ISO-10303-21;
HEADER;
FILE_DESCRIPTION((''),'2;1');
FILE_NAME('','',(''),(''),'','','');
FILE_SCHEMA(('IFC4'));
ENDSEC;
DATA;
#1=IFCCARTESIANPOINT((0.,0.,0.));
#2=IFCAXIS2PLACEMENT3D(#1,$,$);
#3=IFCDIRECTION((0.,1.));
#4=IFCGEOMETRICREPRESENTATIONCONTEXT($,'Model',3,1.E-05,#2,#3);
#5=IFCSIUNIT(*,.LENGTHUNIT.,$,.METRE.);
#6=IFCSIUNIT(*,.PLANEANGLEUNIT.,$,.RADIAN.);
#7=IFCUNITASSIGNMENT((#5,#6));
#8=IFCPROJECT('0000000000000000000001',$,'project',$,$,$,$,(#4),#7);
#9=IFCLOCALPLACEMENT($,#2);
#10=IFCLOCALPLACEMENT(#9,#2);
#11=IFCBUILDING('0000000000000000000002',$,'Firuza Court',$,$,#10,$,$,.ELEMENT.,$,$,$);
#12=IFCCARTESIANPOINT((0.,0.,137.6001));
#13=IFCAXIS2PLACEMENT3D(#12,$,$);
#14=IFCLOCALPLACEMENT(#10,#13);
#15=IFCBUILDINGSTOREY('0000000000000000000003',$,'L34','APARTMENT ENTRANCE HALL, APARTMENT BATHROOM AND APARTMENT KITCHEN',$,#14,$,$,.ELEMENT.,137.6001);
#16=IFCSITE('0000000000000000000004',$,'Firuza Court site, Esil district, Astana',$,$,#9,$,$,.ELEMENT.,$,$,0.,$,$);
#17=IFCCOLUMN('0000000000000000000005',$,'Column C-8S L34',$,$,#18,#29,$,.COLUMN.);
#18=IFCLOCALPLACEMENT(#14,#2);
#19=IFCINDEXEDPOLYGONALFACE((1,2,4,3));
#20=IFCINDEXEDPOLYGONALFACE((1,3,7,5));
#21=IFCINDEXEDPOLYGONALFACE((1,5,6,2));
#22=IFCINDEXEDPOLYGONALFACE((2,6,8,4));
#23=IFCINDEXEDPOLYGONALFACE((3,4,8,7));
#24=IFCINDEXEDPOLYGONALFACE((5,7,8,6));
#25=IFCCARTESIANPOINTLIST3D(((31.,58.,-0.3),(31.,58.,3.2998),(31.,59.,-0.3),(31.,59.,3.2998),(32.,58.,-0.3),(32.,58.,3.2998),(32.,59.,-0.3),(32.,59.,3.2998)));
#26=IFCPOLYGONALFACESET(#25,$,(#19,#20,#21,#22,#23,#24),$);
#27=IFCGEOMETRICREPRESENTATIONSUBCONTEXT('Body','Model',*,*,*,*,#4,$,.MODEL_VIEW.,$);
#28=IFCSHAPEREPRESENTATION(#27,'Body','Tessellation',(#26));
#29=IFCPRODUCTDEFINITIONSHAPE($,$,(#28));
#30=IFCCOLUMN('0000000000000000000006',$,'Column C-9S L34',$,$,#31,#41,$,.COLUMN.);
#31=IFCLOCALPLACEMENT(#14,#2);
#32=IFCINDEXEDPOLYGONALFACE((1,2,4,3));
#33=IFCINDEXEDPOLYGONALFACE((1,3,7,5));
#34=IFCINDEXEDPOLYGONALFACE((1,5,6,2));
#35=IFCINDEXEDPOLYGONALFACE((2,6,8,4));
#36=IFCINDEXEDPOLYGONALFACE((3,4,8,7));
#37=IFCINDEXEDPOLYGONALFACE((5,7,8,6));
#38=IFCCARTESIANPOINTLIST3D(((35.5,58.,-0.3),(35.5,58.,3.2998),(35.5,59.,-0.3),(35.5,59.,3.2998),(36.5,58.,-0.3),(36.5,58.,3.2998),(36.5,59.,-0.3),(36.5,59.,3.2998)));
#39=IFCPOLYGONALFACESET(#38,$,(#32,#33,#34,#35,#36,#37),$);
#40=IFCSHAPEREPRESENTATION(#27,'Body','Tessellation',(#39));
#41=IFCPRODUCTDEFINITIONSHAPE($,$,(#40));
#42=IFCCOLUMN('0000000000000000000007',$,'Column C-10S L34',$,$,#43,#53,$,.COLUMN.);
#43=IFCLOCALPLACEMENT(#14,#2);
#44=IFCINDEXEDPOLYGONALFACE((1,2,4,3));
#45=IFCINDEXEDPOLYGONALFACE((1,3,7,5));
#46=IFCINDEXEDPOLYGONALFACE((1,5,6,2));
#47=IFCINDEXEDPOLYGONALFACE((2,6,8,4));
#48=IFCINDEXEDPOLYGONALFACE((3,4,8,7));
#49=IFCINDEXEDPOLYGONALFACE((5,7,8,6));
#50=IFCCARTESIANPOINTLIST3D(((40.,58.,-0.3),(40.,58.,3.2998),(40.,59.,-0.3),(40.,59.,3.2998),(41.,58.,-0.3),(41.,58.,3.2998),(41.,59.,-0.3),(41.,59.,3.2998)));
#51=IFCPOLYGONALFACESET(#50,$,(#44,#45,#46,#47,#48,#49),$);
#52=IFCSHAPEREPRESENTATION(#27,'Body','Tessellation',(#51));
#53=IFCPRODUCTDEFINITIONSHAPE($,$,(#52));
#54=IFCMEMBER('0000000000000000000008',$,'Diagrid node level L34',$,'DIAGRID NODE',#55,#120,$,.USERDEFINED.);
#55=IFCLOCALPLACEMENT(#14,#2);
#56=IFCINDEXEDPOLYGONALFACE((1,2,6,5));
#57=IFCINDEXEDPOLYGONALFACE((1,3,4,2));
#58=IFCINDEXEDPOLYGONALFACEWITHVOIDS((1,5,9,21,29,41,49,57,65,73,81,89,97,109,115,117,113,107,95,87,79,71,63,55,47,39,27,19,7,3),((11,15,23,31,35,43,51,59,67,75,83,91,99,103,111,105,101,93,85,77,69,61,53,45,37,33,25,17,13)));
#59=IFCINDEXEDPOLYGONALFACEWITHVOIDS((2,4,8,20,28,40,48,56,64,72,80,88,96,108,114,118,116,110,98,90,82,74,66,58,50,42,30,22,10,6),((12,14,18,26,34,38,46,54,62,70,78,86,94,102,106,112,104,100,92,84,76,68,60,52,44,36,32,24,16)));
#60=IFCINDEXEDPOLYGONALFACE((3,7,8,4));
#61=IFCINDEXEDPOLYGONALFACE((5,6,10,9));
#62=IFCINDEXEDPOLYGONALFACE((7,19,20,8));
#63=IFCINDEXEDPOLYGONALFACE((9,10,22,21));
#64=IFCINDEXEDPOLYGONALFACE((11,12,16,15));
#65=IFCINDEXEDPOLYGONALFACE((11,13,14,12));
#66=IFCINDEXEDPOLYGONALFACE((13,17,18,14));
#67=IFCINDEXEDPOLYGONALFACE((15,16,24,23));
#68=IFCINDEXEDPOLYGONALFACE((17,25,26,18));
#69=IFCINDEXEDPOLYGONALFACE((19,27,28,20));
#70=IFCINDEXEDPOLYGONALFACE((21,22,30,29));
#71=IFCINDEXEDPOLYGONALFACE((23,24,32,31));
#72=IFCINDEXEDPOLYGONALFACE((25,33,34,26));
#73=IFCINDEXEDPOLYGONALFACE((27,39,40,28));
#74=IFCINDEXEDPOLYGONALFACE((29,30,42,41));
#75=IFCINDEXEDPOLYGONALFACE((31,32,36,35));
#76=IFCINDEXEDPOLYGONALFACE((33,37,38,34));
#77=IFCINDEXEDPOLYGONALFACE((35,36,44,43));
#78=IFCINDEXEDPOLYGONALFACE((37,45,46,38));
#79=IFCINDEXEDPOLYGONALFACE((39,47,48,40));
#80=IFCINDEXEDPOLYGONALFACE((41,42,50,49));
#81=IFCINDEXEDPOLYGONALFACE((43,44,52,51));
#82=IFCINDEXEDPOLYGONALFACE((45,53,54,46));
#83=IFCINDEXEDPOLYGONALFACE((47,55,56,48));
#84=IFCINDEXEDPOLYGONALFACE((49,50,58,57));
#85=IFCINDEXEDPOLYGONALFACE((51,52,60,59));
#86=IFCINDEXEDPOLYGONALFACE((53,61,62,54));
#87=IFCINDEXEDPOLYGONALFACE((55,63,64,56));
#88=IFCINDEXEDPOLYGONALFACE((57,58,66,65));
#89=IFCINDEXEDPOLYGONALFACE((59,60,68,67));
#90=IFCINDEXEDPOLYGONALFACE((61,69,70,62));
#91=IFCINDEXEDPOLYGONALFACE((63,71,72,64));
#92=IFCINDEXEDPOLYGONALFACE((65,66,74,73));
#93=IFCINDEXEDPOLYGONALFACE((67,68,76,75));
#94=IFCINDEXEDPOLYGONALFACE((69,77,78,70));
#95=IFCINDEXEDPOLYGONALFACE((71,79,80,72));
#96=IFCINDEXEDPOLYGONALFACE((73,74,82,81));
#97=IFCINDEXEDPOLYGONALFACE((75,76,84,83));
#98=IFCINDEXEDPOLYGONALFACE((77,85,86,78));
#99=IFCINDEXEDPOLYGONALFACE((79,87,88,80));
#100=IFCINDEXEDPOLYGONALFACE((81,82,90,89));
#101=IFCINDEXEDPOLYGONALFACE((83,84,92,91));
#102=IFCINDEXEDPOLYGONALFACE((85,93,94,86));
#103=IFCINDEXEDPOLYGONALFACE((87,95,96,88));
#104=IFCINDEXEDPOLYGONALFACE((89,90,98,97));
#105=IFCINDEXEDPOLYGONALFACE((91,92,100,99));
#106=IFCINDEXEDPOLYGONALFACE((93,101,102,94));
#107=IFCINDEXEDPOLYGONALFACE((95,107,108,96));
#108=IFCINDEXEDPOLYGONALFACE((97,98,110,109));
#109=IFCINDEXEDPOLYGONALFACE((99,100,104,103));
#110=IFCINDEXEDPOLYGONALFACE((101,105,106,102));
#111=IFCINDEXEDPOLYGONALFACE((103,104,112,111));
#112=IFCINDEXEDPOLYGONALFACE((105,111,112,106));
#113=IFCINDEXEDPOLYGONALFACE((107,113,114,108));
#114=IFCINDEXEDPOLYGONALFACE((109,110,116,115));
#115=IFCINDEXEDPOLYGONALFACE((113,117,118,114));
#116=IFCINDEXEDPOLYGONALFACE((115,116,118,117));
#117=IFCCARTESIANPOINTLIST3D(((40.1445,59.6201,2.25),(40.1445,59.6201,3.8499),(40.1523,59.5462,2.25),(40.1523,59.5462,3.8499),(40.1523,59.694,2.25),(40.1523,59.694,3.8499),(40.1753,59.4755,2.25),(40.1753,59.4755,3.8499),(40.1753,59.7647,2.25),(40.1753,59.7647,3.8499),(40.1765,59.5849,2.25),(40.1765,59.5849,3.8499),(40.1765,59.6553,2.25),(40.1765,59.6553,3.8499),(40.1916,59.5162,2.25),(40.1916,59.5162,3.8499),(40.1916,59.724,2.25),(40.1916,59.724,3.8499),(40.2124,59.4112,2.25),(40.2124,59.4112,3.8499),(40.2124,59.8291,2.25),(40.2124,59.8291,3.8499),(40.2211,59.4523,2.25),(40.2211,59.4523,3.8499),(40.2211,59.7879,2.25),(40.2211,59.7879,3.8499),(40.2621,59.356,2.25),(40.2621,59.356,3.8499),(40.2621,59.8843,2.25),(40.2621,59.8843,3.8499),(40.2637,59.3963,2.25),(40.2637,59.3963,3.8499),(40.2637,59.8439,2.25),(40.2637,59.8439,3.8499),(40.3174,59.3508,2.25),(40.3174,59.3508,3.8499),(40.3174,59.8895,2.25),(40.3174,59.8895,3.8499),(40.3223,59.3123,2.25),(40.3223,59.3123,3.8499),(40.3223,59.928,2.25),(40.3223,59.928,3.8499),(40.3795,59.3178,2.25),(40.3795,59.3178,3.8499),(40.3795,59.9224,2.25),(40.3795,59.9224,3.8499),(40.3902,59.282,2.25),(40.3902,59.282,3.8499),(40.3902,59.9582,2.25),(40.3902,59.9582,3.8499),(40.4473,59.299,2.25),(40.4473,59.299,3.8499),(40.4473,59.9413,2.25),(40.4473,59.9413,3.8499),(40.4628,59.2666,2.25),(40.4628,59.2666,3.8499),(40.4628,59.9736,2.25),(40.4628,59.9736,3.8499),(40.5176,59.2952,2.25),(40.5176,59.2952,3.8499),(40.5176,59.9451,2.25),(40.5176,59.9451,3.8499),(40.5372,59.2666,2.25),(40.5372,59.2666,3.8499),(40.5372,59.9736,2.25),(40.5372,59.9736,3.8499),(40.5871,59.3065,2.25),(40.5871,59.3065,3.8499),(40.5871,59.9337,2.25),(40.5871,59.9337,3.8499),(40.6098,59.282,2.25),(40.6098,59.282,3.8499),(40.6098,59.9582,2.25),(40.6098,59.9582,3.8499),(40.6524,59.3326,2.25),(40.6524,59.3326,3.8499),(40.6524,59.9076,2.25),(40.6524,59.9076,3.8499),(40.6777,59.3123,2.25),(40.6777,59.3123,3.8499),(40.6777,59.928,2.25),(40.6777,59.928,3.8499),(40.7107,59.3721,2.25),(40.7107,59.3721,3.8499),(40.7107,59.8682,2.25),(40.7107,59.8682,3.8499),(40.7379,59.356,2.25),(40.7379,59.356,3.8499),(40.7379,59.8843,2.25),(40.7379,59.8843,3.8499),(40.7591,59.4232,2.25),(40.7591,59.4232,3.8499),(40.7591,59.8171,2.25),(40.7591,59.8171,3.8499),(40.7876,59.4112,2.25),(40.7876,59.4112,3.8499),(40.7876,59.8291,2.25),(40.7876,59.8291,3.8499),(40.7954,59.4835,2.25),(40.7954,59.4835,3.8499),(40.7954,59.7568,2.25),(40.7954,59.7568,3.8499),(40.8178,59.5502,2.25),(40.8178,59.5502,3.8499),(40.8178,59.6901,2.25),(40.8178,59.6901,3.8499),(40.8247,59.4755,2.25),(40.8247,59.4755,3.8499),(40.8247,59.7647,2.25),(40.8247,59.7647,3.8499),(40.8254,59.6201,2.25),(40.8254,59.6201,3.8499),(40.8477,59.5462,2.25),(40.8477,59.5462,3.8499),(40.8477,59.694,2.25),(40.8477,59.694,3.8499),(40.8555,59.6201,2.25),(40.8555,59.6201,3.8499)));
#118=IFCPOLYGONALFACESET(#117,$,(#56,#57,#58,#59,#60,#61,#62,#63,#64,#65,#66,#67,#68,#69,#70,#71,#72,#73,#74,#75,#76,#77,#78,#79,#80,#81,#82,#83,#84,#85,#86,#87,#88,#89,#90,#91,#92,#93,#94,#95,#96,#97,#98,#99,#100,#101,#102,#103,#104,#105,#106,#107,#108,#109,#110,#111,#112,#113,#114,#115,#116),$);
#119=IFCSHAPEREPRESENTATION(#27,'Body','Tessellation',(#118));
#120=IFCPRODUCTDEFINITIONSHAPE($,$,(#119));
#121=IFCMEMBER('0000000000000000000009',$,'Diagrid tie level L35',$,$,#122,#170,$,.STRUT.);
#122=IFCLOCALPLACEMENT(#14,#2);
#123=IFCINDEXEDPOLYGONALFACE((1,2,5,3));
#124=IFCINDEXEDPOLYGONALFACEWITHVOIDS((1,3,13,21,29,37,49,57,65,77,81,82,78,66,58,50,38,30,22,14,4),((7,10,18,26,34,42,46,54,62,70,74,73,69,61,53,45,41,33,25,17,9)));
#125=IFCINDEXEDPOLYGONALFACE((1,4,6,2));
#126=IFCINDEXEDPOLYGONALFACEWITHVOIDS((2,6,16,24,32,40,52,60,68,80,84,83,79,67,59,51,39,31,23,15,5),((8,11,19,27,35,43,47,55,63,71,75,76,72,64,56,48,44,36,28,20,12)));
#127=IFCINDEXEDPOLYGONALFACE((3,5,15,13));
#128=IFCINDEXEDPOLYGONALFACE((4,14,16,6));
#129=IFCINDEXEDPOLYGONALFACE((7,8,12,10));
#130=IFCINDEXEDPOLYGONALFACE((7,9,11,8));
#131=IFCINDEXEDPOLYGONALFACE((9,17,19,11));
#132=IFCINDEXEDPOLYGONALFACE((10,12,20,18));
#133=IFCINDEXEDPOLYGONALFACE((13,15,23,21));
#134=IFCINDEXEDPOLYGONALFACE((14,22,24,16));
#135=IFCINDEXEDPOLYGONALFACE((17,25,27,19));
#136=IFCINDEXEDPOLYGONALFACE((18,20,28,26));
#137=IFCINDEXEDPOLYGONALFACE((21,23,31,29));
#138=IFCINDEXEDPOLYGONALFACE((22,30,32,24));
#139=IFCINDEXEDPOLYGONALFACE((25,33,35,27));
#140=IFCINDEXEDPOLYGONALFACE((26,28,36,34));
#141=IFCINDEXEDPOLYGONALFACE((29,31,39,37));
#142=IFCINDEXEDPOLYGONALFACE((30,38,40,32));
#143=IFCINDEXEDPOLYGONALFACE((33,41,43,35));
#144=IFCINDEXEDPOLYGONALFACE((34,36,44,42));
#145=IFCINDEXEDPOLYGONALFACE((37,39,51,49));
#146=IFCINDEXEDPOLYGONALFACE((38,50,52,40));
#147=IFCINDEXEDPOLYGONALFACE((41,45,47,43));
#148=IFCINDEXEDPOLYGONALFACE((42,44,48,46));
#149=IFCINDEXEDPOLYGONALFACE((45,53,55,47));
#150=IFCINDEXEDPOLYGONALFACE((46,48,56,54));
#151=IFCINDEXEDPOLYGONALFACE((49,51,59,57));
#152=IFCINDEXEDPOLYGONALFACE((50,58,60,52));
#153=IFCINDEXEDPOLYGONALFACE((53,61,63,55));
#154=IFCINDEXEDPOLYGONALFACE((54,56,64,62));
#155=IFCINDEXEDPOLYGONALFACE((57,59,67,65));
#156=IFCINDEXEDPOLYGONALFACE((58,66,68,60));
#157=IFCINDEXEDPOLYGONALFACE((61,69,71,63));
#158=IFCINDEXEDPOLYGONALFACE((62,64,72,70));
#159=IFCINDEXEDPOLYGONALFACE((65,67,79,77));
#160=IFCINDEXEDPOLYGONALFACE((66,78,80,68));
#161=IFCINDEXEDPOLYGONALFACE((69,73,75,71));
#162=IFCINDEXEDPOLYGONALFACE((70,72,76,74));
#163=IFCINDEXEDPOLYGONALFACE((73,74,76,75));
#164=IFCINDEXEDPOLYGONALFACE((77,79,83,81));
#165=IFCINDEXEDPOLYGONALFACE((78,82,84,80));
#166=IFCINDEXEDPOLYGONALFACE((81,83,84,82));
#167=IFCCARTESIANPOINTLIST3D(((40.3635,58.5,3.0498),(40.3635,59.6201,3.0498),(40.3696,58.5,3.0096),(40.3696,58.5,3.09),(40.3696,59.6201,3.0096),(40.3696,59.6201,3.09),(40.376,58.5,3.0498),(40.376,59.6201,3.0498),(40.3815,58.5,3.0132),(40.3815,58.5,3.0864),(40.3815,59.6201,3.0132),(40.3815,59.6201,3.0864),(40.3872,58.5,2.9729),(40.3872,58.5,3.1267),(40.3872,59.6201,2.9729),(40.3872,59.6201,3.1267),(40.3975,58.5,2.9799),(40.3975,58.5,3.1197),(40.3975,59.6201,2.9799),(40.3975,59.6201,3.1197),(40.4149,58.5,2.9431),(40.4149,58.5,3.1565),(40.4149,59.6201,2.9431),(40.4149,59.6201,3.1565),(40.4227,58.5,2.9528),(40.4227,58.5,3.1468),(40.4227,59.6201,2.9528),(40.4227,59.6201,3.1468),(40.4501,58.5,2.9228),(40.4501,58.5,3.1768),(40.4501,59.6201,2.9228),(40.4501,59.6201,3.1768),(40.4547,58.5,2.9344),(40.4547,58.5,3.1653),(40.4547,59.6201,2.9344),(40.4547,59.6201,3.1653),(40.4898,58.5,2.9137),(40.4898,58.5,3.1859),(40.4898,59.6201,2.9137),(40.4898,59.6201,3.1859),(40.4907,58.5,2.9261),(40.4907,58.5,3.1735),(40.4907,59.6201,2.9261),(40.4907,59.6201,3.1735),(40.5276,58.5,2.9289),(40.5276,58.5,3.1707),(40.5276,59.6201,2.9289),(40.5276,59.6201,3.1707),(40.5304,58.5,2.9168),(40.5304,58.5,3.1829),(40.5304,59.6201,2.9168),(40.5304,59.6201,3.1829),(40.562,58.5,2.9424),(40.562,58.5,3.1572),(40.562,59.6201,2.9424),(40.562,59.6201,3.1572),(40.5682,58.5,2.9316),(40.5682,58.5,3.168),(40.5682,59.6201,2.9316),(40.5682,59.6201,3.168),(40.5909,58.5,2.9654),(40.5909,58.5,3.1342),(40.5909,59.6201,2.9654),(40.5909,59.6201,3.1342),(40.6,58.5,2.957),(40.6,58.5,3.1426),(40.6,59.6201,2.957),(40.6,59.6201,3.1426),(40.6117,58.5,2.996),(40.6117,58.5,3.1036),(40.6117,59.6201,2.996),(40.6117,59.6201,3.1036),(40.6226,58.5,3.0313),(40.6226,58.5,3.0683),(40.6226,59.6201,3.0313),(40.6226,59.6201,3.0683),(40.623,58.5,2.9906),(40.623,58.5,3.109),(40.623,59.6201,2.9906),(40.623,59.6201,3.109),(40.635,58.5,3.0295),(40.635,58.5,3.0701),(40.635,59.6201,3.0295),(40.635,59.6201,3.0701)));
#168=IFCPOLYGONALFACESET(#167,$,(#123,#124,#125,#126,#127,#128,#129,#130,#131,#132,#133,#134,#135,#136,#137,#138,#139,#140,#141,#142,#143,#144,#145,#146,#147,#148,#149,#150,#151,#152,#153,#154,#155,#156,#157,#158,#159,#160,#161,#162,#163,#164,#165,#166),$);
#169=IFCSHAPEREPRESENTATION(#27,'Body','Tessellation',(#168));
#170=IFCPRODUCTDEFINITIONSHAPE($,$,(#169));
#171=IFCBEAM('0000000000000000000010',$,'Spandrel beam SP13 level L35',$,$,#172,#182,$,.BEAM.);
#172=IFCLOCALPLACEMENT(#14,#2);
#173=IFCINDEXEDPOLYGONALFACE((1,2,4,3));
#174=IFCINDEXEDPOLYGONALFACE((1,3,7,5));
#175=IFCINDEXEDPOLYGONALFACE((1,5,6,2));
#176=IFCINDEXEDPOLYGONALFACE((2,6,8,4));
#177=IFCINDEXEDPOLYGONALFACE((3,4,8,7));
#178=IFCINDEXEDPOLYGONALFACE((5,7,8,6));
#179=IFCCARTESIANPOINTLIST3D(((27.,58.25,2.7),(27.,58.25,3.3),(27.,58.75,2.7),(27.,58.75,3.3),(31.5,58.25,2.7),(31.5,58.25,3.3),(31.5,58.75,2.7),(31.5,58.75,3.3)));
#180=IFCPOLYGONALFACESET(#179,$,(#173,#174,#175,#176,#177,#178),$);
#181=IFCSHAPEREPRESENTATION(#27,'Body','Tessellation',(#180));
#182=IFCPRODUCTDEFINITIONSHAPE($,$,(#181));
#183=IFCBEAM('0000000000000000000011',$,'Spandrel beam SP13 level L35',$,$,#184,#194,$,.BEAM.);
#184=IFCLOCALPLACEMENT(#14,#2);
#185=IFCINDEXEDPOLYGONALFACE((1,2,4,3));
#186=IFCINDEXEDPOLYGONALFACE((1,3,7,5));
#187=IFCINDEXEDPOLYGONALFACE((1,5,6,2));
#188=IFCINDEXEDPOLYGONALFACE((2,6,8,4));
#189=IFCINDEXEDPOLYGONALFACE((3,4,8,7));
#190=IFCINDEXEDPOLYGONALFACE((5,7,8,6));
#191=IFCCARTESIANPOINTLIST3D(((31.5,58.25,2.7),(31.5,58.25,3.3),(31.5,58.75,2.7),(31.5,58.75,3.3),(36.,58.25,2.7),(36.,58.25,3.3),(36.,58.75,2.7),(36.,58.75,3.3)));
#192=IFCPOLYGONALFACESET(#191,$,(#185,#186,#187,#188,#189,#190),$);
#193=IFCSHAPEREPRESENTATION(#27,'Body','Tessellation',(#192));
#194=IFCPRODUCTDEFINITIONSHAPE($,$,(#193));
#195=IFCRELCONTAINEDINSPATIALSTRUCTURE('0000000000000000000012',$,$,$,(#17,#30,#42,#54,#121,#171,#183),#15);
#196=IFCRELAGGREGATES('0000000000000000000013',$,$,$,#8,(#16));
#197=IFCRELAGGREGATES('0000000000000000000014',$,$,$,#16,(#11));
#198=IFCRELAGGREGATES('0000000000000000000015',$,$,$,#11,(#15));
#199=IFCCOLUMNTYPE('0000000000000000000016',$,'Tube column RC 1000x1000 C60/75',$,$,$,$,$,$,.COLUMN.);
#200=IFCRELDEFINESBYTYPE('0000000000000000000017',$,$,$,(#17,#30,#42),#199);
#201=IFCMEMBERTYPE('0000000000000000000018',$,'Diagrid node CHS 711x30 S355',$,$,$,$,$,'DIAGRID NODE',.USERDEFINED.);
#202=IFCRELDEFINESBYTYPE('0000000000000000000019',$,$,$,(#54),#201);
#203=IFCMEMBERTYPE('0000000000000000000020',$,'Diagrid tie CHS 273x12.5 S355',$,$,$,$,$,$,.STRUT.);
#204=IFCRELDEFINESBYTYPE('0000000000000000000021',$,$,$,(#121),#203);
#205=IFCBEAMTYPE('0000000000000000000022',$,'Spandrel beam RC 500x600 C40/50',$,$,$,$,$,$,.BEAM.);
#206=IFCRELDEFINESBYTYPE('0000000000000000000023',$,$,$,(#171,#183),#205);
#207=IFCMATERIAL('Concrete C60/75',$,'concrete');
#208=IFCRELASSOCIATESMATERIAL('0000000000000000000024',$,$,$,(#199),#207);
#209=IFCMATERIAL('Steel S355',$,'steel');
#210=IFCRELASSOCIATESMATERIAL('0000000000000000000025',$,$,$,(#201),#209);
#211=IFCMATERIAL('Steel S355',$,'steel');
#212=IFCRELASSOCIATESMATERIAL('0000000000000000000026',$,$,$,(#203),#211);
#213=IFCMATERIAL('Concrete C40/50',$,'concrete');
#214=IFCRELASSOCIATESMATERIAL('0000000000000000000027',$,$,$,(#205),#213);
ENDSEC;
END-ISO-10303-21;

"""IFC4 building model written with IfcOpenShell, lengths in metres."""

from ifc_helpers import new_model, si_unit, direction, frame, origin, origin_2d, place, context, subcontext, project, spatial, rectangle, hollow_circle, extrude, material, material_profile, profile_set, type_object, element, save


model = new_model("IFC4")

# Units and contexts
model_context = context("Model", 3, precision=1e-05, world=origin(), true_north=direction((0.0, 1.0)))
body_context = subcontext(model_context, "Body", "Model", "MODEL_VIEW")
ifc_project = project(units=[si_unit("LENGTHUNIT", "METRE"), si_unit("PLANEANGLEUNIT", "RADIAN")], contexts=[model_context])

# Site, building, storey
site_placement = place(None, origin())
site = spatial("IfcSite", under=ifc_project, at=site_placement, Name="Firuza Court site, Esil district, Astana", CompositionType="ELEMENT", RefElevation=0.0)
building_placement = place(site_placement, origin())
building = spatial("IfcBuilding", under=site, at=building_placement, Name="Firuza Court", CompositionType="ELEMENT")
storey_placement = place(building_placement, frame((0.0, 0.0, 137.6001)))
storey = spatial("IfcBuildingStorey", under=building, at=storey_placement, Name="L34", Description="APARTMENT ENTRANCE HALL, APARTMENT BATHROOM AND APARTMENT KITCHEN", CompositionType="ELEMENT", Elevation=137.6001)

# Columns
ifc_material_1 = material(Name="Concrete C60/75", Category="concrete")
ifc_material_profile_1 = material_profile(ifc_material_1, rectangle(XDim=1.0, YDim=1.0, at=origin_2d()), Name="RC 1000x1000")
ifc_profile_set_1 = profile_set([ifc_material_profile_1], Name="Concrete C60/75")
column_type = type_object("IfcColumnType", Name="Tube column RC 1000x1000 C60/75", PredefinedType="COLUMN", material=ifc_profile_set_1)
for number, where, z_axis, x_axis, name in (
    (1, (31.5, 58.5, -0.3), (0.0, 0.0, 1.0), (1.0, 0.0, 0.0), "Column C-8S L34"),
    (2, (36.0, 58.5, -0.3), (0.0, 0.0, 1.0), (1.0, 0.0, 0.0), "Column C-9S L34"),
    (3, (40.5, 58.5, -0.3), (0.0, 0.0, 1.0), (1.0, 0.0, 0.0), "Column C-10S L34"),
):
    element("IfcColumn", number, at=place(storey_placement, frame(where, z_axis=z_axis, x_axis=x_axis)), inside=storey, type_object=column_type, Name=name, PredefinedType="COLUMN", context=body_context, shape_type="SweptSolid", body=[
        extrude(rectangle(XDim=1.0, YDim=1.0, at=origin_2d()), origin(), (0.0, 0.0, 1.0), 3.5999),
    ])

# Members
ifc_material_2 = material(Name="Steel S355", Category="steel")
ifc_material_profile_2 = material_profile(ifc_material_2, hollow_circle(Radius=0.3555, WallThickness=0.03, at=origin_2d()), Name="CHS 711x30")
ifc_profile_set_2 = profile_set([ifc_material_profile_2], Name="Steel S355")
member_type_1 = type_object("IfcMemberType", Name="Diagrid node CHS 711x30 S355", ElementType="DIAGRID NODE", PredefinedType="USERDEFINED", material=ifc_profile_set_2)
member_1_placement = place(storey_placement, frame((40.5, 59.6201, 2.25), z_axis=(0.0, 0.0, 1.0), x_axis=(1.0, 0.0, 0.0)))
element("IfcMember", 4, at=member_1_placement, inside=storey, type_object=member_type_1, Name="Diagrid node level L34", ObjectType="DIAGRID NODE", PredefinedType="USERDEFINED", context=body_context, shape_type="SweptSolid", body=[
    extrude(hollow_circle(Radius=0.3555, WallThickness=0.03, at=origin_2d()), origin(), (0.0, 0.0, 1.0), 1.5999),
])
ifc_material_3 = material(Name="Steel S355", Category="steel")
ifc_material_profile_3 = material_profile(ifc_material_3, hollow_circle(Radius=0.1365, WallThickness=0.0125, at=origin_2d()), Name="CHS 273x12.5")
ifc_profile_set_3 = profile_set([ifc_material_profile_3], Name="Steel S355")
member_type_2 = type_object("IfcMemberType", Name="Diagrid tie CHS 273x12.5 S355", PredefinedType="STRUT", material=ifc_profile_set_3)
member_2_placement = place(storey_placement, frame((40.5, 58.5, 3.0498), z_axis=(0.0, 1.0, 0.0), x_axis=(-1.0, 0.0, 0.0)))
element("IfcMember", 5, at=member_2_placement, inside=storey, type_object=member_type_2, Name="Diagrid tie level L35", PredefinedType="STRUT", context=body_context, shape_type="SweptSolid", body=[
    extrude(hollow_circle(Radius=0.1365, WallThickness=0.0125, at=origin_2d()), origin(), (0.0, 0.0, 1.0), 1.1201),
])

# Beams
ifc_material_4 = material(Name="Concrete C40/50", Category="concrete")
ifc_material_profile_4 = material_profile(ifc_material_4, rectangle(XDim=0.5, YDim=0.6001, at=origin_2d()), Name="RC 500x600")
ifc_profile_set_4 = profile_set([ifc_material_profile_4], Name="Concrete C40/50")
beam_type = type_object("IfcBeamType", Name="Spandrel beam RC 500x600 C40/50", PredefinedType="BEAM", material=ifc_profile_set_4)
for number, where, z_axis, x_axis, name in (
    (6, (31.5, 58.5, 3.0), (-1.0, 0.0, 0.0), (0.0, -1.0, 0.0), "Spandrel beam SP13 level L35"),
    (7, (36.0, 58.5, 3.0), (-1.0, 0.0, 0.0), (0.0, -1.0, 0.0), "Spandrel beam SP13 level L35"),
):
    element("IfcBeam", number, at=place(storey_placement, frame(where, z_axis=z_axis, x_axis=x_axis)), inside=storey, type_object=beam_type, Name=name, PredefinedType="BEAM", context=body_context, shape_type="SweptSolid", body=[
        extrude(rectangle(XDim=0.5, YDim=0.6001, at=origin_2d()), origin(), (0.0, 0.0, 1.0), 4.5),
    ])

save(model, "model.ifc")
